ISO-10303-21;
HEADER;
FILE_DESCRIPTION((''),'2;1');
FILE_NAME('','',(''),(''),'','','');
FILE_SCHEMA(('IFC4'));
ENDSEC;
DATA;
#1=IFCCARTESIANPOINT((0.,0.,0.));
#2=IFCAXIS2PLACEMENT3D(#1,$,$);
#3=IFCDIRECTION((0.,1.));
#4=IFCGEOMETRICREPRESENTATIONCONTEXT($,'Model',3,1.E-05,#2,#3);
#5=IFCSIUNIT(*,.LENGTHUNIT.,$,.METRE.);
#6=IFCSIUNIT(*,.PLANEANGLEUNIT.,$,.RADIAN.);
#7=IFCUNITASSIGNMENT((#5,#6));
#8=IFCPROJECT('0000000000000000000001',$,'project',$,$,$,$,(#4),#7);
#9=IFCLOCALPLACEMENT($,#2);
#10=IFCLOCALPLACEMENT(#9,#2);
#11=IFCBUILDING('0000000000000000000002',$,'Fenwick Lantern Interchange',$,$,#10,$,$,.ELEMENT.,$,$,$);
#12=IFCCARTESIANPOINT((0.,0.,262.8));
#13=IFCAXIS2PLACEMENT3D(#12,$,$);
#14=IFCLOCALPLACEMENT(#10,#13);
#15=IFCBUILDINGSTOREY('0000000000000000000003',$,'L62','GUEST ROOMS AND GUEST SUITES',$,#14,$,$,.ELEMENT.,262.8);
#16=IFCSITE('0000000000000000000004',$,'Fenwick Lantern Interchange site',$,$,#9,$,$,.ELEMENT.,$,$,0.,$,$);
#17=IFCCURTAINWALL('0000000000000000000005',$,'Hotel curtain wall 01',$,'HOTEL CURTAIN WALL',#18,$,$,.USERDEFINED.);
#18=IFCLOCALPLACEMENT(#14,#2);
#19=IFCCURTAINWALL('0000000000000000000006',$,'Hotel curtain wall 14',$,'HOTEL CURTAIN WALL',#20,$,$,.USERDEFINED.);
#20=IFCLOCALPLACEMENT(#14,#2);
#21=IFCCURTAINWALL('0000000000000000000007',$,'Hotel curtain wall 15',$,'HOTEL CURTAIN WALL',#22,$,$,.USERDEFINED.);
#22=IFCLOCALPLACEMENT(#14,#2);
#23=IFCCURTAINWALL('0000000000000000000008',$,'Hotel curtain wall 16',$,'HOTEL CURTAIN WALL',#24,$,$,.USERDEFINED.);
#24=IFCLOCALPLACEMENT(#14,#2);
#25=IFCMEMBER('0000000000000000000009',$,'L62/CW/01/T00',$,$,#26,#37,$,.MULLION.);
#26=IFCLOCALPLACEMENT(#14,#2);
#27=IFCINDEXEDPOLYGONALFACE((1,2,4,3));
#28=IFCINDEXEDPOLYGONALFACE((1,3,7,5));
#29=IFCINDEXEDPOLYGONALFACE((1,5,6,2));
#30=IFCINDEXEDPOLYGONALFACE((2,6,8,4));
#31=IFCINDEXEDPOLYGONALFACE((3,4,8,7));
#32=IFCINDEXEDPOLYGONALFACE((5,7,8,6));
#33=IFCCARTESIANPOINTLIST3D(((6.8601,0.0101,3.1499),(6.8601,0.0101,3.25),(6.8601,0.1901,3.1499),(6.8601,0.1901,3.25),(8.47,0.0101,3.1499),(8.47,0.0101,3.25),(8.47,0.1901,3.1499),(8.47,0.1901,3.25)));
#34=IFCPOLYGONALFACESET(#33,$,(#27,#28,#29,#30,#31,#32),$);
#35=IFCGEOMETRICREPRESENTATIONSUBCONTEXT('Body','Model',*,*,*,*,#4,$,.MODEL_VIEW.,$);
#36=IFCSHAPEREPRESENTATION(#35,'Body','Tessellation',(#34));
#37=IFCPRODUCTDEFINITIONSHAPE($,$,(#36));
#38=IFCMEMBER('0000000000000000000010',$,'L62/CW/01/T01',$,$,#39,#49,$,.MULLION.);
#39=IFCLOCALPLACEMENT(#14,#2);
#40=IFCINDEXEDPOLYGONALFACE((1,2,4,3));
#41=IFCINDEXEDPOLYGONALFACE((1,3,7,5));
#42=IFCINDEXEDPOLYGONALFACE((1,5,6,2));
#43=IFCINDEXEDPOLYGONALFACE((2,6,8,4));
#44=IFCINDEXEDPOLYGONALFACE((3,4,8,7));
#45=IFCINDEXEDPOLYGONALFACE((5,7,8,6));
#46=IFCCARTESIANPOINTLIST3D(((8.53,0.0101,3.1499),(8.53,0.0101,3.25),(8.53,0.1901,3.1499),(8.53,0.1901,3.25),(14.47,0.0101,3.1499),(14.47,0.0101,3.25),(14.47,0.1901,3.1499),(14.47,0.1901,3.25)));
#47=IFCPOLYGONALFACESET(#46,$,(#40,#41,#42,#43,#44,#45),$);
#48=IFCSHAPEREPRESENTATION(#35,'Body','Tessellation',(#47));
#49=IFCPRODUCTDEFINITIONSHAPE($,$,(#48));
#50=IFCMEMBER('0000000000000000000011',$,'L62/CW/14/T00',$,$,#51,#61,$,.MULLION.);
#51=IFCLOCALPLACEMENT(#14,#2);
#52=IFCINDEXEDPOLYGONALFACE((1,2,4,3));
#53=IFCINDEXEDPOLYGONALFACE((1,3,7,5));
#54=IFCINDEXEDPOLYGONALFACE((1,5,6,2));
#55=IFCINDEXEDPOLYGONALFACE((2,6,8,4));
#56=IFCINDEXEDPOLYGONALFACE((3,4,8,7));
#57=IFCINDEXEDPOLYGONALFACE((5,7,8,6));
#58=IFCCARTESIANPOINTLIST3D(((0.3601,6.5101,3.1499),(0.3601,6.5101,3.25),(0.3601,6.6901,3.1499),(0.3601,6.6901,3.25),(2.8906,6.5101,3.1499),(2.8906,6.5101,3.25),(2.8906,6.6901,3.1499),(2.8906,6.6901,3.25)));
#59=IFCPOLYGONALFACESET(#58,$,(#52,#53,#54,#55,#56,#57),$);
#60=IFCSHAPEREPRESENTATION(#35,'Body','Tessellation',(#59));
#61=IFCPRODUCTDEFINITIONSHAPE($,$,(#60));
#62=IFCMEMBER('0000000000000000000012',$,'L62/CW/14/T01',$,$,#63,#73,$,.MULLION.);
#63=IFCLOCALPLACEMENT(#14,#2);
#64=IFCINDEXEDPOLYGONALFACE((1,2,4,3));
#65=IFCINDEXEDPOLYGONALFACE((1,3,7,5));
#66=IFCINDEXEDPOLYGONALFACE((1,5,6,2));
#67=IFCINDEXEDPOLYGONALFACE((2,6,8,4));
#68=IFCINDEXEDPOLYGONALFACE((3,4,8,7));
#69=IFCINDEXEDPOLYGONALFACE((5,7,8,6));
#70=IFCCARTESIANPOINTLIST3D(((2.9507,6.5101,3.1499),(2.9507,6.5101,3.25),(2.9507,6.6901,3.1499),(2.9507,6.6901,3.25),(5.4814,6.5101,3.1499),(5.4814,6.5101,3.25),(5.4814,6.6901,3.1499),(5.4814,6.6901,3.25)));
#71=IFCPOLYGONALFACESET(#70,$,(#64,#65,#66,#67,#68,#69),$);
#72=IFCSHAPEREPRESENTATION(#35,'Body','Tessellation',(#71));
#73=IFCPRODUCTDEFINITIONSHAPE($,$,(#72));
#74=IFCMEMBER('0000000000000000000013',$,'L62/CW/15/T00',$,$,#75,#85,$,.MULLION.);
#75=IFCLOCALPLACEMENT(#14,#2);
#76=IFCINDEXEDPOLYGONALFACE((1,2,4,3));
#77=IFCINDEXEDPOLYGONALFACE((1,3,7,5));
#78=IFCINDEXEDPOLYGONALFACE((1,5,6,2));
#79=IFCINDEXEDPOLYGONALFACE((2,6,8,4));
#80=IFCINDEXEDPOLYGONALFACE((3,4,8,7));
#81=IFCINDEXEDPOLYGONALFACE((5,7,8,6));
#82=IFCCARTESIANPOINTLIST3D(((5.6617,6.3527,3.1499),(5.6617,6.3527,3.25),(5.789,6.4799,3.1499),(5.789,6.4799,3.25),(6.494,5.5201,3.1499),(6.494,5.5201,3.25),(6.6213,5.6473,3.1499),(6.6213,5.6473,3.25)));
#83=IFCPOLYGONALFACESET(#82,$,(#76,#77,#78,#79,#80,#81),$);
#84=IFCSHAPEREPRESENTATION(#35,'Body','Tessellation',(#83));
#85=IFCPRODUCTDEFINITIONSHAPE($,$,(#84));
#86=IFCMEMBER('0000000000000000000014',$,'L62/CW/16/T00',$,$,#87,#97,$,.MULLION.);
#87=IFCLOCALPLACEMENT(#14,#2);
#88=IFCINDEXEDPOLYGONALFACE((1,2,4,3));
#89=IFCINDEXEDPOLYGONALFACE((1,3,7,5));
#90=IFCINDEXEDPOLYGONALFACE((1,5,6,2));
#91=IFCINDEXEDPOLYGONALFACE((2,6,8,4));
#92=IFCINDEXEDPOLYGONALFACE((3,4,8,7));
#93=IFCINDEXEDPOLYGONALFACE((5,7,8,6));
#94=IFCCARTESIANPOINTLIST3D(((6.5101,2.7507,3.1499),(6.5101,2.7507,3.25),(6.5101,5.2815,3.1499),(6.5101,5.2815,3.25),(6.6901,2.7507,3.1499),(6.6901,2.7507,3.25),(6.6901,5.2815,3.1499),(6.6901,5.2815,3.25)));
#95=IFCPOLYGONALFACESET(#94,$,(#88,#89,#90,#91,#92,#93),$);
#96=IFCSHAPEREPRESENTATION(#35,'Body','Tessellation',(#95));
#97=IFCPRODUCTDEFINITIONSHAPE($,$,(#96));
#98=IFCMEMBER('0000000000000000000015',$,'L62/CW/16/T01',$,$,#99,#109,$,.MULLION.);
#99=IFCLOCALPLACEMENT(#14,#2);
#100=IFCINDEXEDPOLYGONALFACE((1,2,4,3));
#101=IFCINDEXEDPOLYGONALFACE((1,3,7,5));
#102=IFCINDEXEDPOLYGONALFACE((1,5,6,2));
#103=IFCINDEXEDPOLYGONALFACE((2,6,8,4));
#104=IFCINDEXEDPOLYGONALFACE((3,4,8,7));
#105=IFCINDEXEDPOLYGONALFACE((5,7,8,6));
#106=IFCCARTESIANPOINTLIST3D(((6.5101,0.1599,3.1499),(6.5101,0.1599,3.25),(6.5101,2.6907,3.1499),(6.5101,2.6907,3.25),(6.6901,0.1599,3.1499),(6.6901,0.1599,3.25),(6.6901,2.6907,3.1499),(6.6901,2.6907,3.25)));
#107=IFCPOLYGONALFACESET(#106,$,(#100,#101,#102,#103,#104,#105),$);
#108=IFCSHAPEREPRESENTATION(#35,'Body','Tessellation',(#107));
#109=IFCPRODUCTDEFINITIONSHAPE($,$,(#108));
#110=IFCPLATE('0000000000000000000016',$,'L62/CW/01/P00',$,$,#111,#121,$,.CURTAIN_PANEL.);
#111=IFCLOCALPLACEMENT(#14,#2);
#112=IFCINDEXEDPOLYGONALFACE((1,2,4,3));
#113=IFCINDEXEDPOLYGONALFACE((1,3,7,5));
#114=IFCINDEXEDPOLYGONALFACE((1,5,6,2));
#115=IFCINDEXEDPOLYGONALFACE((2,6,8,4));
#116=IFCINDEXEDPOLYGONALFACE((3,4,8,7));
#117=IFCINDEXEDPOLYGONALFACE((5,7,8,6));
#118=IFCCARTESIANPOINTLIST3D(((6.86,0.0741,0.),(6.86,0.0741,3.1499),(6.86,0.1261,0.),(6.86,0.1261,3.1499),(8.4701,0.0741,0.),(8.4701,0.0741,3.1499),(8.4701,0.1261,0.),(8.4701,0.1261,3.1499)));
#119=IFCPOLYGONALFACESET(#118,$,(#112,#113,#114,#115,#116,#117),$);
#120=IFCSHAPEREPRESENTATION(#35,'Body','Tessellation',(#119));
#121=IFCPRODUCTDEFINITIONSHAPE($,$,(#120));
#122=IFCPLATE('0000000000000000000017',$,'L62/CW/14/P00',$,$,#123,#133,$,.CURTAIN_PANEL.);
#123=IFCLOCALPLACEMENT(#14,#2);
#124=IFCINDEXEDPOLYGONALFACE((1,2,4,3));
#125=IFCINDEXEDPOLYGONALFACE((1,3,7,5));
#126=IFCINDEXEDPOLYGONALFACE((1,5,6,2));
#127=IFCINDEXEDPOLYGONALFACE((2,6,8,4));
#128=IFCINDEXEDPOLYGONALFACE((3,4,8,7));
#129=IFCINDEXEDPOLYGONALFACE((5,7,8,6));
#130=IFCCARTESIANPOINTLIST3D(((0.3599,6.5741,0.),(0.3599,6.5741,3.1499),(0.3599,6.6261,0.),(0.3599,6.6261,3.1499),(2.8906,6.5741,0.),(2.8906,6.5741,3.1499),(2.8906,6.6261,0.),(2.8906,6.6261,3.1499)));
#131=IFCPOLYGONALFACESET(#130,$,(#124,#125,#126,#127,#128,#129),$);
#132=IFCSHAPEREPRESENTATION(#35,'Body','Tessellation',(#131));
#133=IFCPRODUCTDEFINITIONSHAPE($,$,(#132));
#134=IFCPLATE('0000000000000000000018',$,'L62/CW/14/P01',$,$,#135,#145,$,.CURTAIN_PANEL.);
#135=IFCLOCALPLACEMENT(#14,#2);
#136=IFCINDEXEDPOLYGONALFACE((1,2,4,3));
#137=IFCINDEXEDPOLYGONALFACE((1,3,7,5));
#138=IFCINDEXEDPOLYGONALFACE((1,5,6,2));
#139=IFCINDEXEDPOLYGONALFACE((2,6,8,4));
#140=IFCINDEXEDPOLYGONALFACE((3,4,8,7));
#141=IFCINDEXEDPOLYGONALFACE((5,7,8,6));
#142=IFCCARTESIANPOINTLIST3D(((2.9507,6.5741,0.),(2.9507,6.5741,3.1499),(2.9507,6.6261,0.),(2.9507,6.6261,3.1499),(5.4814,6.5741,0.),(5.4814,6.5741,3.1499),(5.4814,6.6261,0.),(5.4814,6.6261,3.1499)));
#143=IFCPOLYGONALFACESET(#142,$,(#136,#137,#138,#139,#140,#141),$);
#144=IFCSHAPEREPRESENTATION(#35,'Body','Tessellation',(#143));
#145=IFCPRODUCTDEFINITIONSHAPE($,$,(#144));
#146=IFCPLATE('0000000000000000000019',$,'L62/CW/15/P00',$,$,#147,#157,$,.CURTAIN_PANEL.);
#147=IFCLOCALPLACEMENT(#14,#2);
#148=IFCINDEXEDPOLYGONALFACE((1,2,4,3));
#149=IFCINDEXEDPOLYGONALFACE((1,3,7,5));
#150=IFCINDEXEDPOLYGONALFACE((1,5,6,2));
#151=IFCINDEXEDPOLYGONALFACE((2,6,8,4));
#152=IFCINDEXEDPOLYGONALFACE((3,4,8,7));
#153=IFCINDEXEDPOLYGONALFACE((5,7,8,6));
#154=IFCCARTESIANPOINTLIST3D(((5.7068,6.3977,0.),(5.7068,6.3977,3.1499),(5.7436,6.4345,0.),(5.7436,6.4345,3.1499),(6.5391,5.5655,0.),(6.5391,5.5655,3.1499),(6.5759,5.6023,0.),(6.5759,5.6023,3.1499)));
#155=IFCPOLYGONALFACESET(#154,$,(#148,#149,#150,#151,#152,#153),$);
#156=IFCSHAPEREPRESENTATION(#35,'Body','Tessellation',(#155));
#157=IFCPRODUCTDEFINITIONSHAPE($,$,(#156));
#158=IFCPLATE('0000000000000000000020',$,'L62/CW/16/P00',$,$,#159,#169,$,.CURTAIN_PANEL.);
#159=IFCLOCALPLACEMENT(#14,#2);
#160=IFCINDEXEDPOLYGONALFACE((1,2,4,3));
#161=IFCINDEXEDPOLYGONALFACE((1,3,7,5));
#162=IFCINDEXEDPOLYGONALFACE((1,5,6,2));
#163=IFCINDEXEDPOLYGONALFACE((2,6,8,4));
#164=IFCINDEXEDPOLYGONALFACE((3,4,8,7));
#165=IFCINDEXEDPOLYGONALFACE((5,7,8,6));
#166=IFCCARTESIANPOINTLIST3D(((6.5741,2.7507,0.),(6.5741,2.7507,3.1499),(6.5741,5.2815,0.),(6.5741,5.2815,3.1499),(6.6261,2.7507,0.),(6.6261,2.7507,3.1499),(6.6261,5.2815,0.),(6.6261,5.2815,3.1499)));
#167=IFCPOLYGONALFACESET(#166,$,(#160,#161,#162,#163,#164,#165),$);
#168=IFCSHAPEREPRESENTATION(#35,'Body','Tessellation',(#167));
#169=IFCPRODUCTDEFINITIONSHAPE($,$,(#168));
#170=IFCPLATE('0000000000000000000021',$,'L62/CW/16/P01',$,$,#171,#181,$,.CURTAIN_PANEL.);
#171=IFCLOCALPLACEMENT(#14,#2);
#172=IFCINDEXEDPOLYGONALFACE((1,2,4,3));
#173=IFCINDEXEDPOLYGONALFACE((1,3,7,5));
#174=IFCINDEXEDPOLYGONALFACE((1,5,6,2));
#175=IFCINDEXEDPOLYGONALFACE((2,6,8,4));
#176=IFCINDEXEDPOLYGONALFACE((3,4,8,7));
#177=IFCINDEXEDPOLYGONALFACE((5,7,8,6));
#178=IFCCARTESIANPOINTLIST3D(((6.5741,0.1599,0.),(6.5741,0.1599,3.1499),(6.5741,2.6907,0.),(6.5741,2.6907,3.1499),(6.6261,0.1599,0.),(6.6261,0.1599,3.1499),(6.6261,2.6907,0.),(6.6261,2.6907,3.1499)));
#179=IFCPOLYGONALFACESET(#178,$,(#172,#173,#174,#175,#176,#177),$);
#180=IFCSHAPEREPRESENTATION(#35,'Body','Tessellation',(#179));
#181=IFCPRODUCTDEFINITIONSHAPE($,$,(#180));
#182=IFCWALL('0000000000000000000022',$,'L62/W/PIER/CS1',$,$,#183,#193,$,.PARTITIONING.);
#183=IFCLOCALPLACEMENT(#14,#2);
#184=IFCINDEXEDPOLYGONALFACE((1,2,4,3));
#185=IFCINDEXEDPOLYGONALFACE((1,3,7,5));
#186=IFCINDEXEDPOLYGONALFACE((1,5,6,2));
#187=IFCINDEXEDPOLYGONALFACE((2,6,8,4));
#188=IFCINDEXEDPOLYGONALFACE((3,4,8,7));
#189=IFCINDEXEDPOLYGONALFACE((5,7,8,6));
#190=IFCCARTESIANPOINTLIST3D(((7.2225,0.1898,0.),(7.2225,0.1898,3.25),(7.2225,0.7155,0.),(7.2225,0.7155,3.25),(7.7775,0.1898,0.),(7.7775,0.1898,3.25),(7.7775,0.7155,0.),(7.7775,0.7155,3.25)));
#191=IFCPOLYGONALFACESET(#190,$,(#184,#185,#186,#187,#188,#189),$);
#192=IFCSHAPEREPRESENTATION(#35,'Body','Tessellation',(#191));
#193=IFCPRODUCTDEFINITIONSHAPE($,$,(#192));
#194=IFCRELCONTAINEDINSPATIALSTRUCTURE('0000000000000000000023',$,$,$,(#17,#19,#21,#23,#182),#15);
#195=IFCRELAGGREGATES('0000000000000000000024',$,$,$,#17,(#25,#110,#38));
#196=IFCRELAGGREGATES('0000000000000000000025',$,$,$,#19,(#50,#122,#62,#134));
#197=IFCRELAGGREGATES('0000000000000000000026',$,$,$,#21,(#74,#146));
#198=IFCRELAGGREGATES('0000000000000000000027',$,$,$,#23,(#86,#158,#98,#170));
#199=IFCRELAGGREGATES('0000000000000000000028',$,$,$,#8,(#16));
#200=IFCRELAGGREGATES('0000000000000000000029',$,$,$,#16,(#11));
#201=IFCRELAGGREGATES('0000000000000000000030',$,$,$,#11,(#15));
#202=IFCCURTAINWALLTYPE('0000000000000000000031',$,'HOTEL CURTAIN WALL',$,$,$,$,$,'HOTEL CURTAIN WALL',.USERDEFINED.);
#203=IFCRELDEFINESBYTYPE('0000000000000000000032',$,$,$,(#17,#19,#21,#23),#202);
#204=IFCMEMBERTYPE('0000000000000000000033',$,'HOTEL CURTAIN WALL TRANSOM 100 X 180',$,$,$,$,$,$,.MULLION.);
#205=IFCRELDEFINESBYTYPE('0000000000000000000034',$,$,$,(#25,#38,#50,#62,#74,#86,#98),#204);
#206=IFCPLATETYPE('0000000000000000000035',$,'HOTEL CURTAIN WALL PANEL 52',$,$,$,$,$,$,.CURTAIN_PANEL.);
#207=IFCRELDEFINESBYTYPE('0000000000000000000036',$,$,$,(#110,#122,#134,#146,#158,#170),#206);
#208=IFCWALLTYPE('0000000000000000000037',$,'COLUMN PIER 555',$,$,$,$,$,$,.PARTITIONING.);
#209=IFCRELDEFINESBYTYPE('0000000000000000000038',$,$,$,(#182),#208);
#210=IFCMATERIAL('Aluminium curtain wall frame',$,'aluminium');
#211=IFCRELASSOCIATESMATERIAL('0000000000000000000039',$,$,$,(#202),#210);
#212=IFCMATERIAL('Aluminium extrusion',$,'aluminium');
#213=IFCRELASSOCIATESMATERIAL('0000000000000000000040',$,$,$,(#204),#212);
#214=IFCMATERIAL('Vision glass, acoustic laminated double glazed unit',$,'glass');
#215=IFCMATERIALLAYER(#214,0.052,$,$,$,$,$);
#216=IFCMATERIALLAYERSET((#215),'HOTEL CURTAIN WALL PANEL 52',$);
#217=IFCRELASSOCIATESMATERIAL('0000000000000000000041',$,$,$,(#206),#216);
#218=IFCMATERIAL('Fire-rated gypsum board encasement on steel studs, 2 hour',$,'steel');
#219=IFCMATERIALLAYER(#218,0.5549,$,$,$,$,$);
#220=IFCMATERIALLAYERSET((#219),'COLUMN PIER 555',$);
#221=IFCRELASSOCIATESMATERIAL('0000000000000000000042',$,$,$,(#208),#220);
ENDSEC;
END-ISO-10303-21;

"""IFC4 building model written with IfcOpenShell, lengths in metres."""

from ifc_helpers import new_model, si_unit, direction, frame, frame_2d, origin, origin_2d, place, context, subcontext, project, spatial, rectangle, extrude, material, layer, layer_set, material_profile, profile_set, type_object, element, aggregate, save


model = new_model("IFC4")

# Units and contexts
model_context = context("Model", 3, precision=1e-05, world=origin(), true_north=direction((0.0, 1.0)))
body_context = subcontext(model_context, "Body", "Model", "MODEL_VIEW")
ifc_project = project(units=[si_unit("LENGTHUNIT", "METRE"), si_unit("PLANEANGLEUNIT", "RADIAN")], contexts=[model_context])

# Site, building, storey
site_placement = place(None, origin())
site = spatial("IfcSite", under=ifc_project, at=site_placement, Name="Fenwick Lantern Interchange site", CompositionType="ELEMENT", RefElevation=0.0)
building_placement = place(site_placement, origin())
building = spatial("IfcBuilding", under=site, at=building_placement, Name="Fenwick Lantern Interchange", CompositionType="ELEMENT")
storey_placement = place(building_placement, frame((0.0, 0.0, 262.8)))
storey = spatial("IfcBuildingStorey", under=building, at=storey_placement, Name="L62", Description="GUEST ROOMS AND GUEST SUITES", CompositionType="ELEMENT", Elevation=262.8)

# Curtain wall
ifc_material_1 = material(Name="Aluminium curtain wall frame", Category="aluminium")
curtain_wall_type = type_object("IfcCurtainWallType", Name="HOTEL CURTAIN WALL", ElementType="HOTEL CURTAIN WALL", PredefinedType="USERDEFINED", material=ifc_material_1)
curtain_wall_1_placement = place(storey_placement, origin())
curtain_wall_1 = element("IfcCurtainWall", 1, at=curtain_wall_1_placement, inside=storey, type_object=curtain_wall_type, Name="Hotel curtain wall 01", ObjectType="HOTEL CURTAIN WALL", PredefinedType="USERDEFINED")
ifc_material_2 = material(Name="Aluminium extrusion", Category="aluminium")

# Curtain walls
curtain_wall_2_placement = place(storey_placement, origin())
curtain_wall_2 = element("IfcCurtainWall", 2, at=curtain_wall_2_placement, inside=storey, type_object=curtain_wall_type, Name="Hotel curtain wall 14", ObjectType="HOTEL CURTAIN WALL", PredefinedType="USERDEFINED")
curtain_wall_3_placement = place(storey_placement, origin())
curtain_wall_3 = element("IfcCurtainWall", 3, at=curtain_wall_3_placement, inside=storey, type_object=curtain_wall_type, Name="Hotel curtain wall 15", ObjectType="HOTEL CURTAIN WALL", PredefinedType="USERDEFINED")
curtain_wall_4_placement = place(storey_placement, origin())
curtain_wall_4 = element("IfcCurtainWall", 4, at=curtain_wall_4_placement, inside=storey, type_object=curtain_wall_type, Name="Hotel curtain wall 16", ObjectType="HOTEL CURTAIN WALL", PredefinedType="USERDEFINED")

# Members
ifc_material_profile_1 = material_profile(ifc_material_2, rectangle(XDim=0.1799, YDim=0.1001, at=origin_2d()), Name="HOTEL CURTAIN WALL TRANSOM 100 X 180")
ifc_profile_set_1 = profile_set([ifc_material_profile_1], Name="Aluminium extrusion")
member_type_1 = type_object("IfcMemberType", Name="HOTEL CURTAIN WALL TRANSOM 100 X 180", PredefinedType="MULLION", material=ifc_profile_set_1)
member_1_placement = place(storey_placement, frame((6.8601, 0.1001, 3.2), z_axis=(1.0, 0.0, 0.0), x_axis=(0.0, 1.0, 0.0)))
member_1 = element("IfcMember", 5, at=member_1_placement, type_object=member_type_1, Name="L62/CW/01/T00", PredefinedType="MULLION", context=body_context, shape_type="SweptSolid", body=[
    extrude(rectangle(XDim=0.1799, YDim=0.1001, at=origin_2d()), origin(), (0.0, 0.0, 1.0), 1.6099),
])
member_2_placement = place(storey_placement, frame((8.53, 0.1001, 3.2), z_axis=(1.0, 0.0, 0.0), x_axis=(0.0, 1.0, 0.0)))
member_2 = element("IfcMember", 6, at=member_2_placement, type_object=member_type_1, Name="L62/CW/01/T01", PredefinedType="MULLION", context=body_context, shape_type="SweptSolid", body=[
    extrude(rectangle(XDim=0.1799, YDim=0.1001, at=origin_2d()), origin(), (0.0, 0.0, 1.0), 5.9399),
])
member_3_placement = place(storey_placement, frame((0.3601, 6.6001, 3.2), z_axis=(1.0, 0.0, 0.0), x_axis=(0.0, 1.0, 0.0)))
member_3 = element("IfcMember", 7, at=member_3_placement, type_object=member_type_1, Name="L62/CW/14/T00", PredefinedType="MULLION", context=body_context, shape_type="SweptSolid", body=[
    extrude(rectangle(XDim=0.1799, YDim=0.1001, at=origin_2d()), origin(), (0.0, 0.0, 1.0), 2.5305),
])
member_4_placement = place(storey_placement, frame((2.9507, 6.6001, 3.2), z_axis=(1.0, 0.0, 0.0), x_axis=(0.0, 1.0, 0.0)))
member_4 = element("IfcMember", 8, at=member_4_placement, type_object=member_type_1, Name="L62/CW/14/T01", PredefinedType="MULLION", context=body_context, shape_type="SweptSolid", body=[
    extrude(rectangle(XDim=0.1799, YDim=0.1001, at=origin_2d()), origin(), (0.0, 0.0, 1.0), 2.5308),
])
member_5_placement = place(storey_placement, frame((5.7253, 6.4163, 3.2), z_axis=(0.707003, -0.70721, 0.0), x_axis=(0.70721, 0.707003, 0.0)))
member_5 = element("IfcMember", 9, at=member_5_placement, type_object=member_type_1, Name="L62/CW/15/T00", PredefinedType="MULLION", context=body_context, shape_type="SweptSolid", body=[
    extrude(rectangle(XDim=0.1799, YDim=0.1001, at=origin_2d()), origin(), (0.0, 0.0, 1.0), 1.1772),
])
member_6_placement = place(storey_placement, frame((6.6001, 5.2815, 3.2), z_axis=(0.0, -1.0, 0.0), x_axis=(1.0, 0.0, 0.0)))
member_6 = element("IfcMember", 10, at=member_6_placement, type_object=member_type_1, Name="L62/CW/16/T00", PredefinedType="MULLION", context=body_context, shape_type="SweptSolid", body=[
    extrude(rectangle(XDim=0.1799, YDim=0.1001, at=origin_2d()), origin(), (0.0, 0.0, 1.0), 2.5308),
])
member_7_placement = place(storey_placement, frame((6.6001, 2.6907, 3.2), z_axis=(0.0, -1.0, 0.0), x_axis=(1.0, 0.0, 0.0)))
member_7 = element("IfcMember", 11, at=member_7_placement, type_object=member_type_1, Name="L62/CW/16/T01", PredefinedType="MULLION", context=body_context, shape_type="SweptSolid", body=[
    extrude(rectangle(XDim=0.1799, YDim=0.1001, at=origin_2d()), origin(), (0.0, 0.0, 1.0), 2.5308),
])

# Plates
ifc_material_3 = material(Name="Vision glass, acoustic laminated double glazed unit", Category="glass")
ifc_layer_1 = layer(ifc_material_3, 0.052)
ifc_layer_set_1 = layer_set([ifc_layer_1], Name="HOTEL CURTAIN WALL PANEL 52")
plate_type = type_object("IfcPlateType", Name="HOTEL CURTAIN WALL PANEL 52", PredefinedType="CURTAIN_PANEL", material=ifc_layer_set_1)
plate_1_placement = place(storey_placement, frame((7.665, 0.1001, 0.0), z_axis=(0.0, 0.0, 1.0), x_axis=(1.0, 0.0, 0.0)))
plate_1 = element("IfcPlate", 12, at=plate_1_placement, type_object=plate_type, Name="L62/CW/01/P00", PredefinedType="CURTAIN_PANEL", context=body_context, shape_type="SweptSolid", body=[
    extrude(rectangle(XDim=1.6101, YDim=0.052, at=origin_2d()), origin(), (0.0, 0.0, 1.0), 3.1499),
])
aggregate(curtain_wall_1, [member_1, plate_1, member_2])
plate_2_placement = place(storey_placement, frame((1.6252, 6.6001, 0.0), z_axis=(0.0, 0.0, 1.0), x_axis=(1.0, 0.0, 0.0)))
plate_2 = element("IfcPlate", 13, at=plate_2_placement, type_object=plate_type, Name="L62/CW/14/P00", PredefinedType="CURTAIN_PANEL", context=body_context, shape_type="SweptSolid", body=[
    extrude(rectangle(XDim=2.5308, YDim=0.052, at=origin_2d()), origin(), (0.0, 0.0, 1.0), 3.1499),
])
plate_3_placement = place(storey_placement, frame((4.2161, 6.6001, 0.0), z_axis=(0.0, 0.0, 1.0), x_axis=(1.0, 0.0, 0.0)))
plate_3 = element("IfcPlate", 14, at=plate_3_placement, type_object=plate_type, Name="L62/CW/14/P01", PredefinedType="CURTAIN_PANEL", context=body_context, shape_type="SweptSolid", body=[
    extrude(rectangle(XDim=2.5308, YDim=0.052, at=origin_2d()), origin(), (0.0, 0.0, 1.0), 3.1499),
])
aggregate(curtain_wall_2, [member_3, plate_2, member_4, plate_3])
plate_4_placement = place(storey_placement, frame((6.1414, 6.0, 0.0), z_axis=(0.0, 0.0, 1.0), x_axis=(0.707107, -0.707107, 0.0)))
plate_4 = element("IfcPlate", 15, at=plate_4_placement, type_object=plate_type, Name="L62/CW/15/P00", PredefinedType="CURTAIN_PANEL", context=body_context, shape_type="SweptSolid", body=[
    extrude(rectangle(XDim=1.177, YDim=0.052, at=origin_2d()), origin(), (0.0, 0.0, 1.0), 3.1499),
])
aggregate(curtain_wall_3, [member_5, plate_4])
plate_5_placement = place(storey_placement, frame((6.6001, 4.0161, 0.0), z_axis=(0.0, 0.0, 1.0), x_axis=(0.0, -1.0, 0.0)))
plate_5 = element("IfcPlate", 16, at=plate_5_placement, type_object=plate_type, Name="L62/CW/16/P00", PredefinedType="CURTAIN_PANEL", context=body_context, shape_type="SweptSolid", body=[
    extrude(rectangle(XDim=2.5308, YDim=0.052, at=origin_2d()), origin(), (0.0, 0.0, 1.0), 3.1499),
])
plate_6_placement = place(storey_placement, frame((6.6001, 1.4253, 0.0), z_axis=(0.0, 0.0, 1.0), x_axis=(0.0, -1.0, 0.0)))
plate_6 = element("IfcPlate", 17, at=plate_6_placement, type_object=plate_type, Name="L62/CW/16/P01", PredefinedType="CURTAIN_PANEL", context=body_context, shape_type="SweptSolid", body=[
    extrude(rectangle(XDim=2.5308, YDim=0.052, at=origin_2d()), origin(), (0.0, 0.0, 1.0), 3.1499),
])
aggregate(curtain_wall_4, [member_6, plate_5, member_7, plate_6])

# Wall
ifc_material_4 = material(Name="Fire-rated gypsum board encasement on steel studs, 2 hour", Category="steel")
ifc_layer_2 = layer(ifc_material_4, 0.5549)
ifc_layer_set_2 = layer_set([ifc_layer_2], Name="COLUMN PIER 555")
wall_type_1 = type_object("IfcWallType", Name="COLUMN PIER 555", PredefinedType="PARTITIONING", material=ifc_layer_set_2)
wall_1_placement = place(storey_placement, frame((7.5, 0.1899, 0.0), z_axis=(0.0, 0.0, 1.0), x_axis=(0.0, 1.0, 0.0)))
element("IfcWall", 18, at=wall_1_placement, inside=storey, type_object=wall_type_1, Name="L62/W/PIER/CS1", PredefinedType="PARTITIONING", context=body_context, shape_type="SweptSolid", body=[
    extrude(rectangle(XDim=0.5256, YDim=0.5549, at=frame_2d((0.2627, 0.0))), origin(), (0.0, 0.0, 1.0), 3.25),
])

save(model, "model.ifc")
